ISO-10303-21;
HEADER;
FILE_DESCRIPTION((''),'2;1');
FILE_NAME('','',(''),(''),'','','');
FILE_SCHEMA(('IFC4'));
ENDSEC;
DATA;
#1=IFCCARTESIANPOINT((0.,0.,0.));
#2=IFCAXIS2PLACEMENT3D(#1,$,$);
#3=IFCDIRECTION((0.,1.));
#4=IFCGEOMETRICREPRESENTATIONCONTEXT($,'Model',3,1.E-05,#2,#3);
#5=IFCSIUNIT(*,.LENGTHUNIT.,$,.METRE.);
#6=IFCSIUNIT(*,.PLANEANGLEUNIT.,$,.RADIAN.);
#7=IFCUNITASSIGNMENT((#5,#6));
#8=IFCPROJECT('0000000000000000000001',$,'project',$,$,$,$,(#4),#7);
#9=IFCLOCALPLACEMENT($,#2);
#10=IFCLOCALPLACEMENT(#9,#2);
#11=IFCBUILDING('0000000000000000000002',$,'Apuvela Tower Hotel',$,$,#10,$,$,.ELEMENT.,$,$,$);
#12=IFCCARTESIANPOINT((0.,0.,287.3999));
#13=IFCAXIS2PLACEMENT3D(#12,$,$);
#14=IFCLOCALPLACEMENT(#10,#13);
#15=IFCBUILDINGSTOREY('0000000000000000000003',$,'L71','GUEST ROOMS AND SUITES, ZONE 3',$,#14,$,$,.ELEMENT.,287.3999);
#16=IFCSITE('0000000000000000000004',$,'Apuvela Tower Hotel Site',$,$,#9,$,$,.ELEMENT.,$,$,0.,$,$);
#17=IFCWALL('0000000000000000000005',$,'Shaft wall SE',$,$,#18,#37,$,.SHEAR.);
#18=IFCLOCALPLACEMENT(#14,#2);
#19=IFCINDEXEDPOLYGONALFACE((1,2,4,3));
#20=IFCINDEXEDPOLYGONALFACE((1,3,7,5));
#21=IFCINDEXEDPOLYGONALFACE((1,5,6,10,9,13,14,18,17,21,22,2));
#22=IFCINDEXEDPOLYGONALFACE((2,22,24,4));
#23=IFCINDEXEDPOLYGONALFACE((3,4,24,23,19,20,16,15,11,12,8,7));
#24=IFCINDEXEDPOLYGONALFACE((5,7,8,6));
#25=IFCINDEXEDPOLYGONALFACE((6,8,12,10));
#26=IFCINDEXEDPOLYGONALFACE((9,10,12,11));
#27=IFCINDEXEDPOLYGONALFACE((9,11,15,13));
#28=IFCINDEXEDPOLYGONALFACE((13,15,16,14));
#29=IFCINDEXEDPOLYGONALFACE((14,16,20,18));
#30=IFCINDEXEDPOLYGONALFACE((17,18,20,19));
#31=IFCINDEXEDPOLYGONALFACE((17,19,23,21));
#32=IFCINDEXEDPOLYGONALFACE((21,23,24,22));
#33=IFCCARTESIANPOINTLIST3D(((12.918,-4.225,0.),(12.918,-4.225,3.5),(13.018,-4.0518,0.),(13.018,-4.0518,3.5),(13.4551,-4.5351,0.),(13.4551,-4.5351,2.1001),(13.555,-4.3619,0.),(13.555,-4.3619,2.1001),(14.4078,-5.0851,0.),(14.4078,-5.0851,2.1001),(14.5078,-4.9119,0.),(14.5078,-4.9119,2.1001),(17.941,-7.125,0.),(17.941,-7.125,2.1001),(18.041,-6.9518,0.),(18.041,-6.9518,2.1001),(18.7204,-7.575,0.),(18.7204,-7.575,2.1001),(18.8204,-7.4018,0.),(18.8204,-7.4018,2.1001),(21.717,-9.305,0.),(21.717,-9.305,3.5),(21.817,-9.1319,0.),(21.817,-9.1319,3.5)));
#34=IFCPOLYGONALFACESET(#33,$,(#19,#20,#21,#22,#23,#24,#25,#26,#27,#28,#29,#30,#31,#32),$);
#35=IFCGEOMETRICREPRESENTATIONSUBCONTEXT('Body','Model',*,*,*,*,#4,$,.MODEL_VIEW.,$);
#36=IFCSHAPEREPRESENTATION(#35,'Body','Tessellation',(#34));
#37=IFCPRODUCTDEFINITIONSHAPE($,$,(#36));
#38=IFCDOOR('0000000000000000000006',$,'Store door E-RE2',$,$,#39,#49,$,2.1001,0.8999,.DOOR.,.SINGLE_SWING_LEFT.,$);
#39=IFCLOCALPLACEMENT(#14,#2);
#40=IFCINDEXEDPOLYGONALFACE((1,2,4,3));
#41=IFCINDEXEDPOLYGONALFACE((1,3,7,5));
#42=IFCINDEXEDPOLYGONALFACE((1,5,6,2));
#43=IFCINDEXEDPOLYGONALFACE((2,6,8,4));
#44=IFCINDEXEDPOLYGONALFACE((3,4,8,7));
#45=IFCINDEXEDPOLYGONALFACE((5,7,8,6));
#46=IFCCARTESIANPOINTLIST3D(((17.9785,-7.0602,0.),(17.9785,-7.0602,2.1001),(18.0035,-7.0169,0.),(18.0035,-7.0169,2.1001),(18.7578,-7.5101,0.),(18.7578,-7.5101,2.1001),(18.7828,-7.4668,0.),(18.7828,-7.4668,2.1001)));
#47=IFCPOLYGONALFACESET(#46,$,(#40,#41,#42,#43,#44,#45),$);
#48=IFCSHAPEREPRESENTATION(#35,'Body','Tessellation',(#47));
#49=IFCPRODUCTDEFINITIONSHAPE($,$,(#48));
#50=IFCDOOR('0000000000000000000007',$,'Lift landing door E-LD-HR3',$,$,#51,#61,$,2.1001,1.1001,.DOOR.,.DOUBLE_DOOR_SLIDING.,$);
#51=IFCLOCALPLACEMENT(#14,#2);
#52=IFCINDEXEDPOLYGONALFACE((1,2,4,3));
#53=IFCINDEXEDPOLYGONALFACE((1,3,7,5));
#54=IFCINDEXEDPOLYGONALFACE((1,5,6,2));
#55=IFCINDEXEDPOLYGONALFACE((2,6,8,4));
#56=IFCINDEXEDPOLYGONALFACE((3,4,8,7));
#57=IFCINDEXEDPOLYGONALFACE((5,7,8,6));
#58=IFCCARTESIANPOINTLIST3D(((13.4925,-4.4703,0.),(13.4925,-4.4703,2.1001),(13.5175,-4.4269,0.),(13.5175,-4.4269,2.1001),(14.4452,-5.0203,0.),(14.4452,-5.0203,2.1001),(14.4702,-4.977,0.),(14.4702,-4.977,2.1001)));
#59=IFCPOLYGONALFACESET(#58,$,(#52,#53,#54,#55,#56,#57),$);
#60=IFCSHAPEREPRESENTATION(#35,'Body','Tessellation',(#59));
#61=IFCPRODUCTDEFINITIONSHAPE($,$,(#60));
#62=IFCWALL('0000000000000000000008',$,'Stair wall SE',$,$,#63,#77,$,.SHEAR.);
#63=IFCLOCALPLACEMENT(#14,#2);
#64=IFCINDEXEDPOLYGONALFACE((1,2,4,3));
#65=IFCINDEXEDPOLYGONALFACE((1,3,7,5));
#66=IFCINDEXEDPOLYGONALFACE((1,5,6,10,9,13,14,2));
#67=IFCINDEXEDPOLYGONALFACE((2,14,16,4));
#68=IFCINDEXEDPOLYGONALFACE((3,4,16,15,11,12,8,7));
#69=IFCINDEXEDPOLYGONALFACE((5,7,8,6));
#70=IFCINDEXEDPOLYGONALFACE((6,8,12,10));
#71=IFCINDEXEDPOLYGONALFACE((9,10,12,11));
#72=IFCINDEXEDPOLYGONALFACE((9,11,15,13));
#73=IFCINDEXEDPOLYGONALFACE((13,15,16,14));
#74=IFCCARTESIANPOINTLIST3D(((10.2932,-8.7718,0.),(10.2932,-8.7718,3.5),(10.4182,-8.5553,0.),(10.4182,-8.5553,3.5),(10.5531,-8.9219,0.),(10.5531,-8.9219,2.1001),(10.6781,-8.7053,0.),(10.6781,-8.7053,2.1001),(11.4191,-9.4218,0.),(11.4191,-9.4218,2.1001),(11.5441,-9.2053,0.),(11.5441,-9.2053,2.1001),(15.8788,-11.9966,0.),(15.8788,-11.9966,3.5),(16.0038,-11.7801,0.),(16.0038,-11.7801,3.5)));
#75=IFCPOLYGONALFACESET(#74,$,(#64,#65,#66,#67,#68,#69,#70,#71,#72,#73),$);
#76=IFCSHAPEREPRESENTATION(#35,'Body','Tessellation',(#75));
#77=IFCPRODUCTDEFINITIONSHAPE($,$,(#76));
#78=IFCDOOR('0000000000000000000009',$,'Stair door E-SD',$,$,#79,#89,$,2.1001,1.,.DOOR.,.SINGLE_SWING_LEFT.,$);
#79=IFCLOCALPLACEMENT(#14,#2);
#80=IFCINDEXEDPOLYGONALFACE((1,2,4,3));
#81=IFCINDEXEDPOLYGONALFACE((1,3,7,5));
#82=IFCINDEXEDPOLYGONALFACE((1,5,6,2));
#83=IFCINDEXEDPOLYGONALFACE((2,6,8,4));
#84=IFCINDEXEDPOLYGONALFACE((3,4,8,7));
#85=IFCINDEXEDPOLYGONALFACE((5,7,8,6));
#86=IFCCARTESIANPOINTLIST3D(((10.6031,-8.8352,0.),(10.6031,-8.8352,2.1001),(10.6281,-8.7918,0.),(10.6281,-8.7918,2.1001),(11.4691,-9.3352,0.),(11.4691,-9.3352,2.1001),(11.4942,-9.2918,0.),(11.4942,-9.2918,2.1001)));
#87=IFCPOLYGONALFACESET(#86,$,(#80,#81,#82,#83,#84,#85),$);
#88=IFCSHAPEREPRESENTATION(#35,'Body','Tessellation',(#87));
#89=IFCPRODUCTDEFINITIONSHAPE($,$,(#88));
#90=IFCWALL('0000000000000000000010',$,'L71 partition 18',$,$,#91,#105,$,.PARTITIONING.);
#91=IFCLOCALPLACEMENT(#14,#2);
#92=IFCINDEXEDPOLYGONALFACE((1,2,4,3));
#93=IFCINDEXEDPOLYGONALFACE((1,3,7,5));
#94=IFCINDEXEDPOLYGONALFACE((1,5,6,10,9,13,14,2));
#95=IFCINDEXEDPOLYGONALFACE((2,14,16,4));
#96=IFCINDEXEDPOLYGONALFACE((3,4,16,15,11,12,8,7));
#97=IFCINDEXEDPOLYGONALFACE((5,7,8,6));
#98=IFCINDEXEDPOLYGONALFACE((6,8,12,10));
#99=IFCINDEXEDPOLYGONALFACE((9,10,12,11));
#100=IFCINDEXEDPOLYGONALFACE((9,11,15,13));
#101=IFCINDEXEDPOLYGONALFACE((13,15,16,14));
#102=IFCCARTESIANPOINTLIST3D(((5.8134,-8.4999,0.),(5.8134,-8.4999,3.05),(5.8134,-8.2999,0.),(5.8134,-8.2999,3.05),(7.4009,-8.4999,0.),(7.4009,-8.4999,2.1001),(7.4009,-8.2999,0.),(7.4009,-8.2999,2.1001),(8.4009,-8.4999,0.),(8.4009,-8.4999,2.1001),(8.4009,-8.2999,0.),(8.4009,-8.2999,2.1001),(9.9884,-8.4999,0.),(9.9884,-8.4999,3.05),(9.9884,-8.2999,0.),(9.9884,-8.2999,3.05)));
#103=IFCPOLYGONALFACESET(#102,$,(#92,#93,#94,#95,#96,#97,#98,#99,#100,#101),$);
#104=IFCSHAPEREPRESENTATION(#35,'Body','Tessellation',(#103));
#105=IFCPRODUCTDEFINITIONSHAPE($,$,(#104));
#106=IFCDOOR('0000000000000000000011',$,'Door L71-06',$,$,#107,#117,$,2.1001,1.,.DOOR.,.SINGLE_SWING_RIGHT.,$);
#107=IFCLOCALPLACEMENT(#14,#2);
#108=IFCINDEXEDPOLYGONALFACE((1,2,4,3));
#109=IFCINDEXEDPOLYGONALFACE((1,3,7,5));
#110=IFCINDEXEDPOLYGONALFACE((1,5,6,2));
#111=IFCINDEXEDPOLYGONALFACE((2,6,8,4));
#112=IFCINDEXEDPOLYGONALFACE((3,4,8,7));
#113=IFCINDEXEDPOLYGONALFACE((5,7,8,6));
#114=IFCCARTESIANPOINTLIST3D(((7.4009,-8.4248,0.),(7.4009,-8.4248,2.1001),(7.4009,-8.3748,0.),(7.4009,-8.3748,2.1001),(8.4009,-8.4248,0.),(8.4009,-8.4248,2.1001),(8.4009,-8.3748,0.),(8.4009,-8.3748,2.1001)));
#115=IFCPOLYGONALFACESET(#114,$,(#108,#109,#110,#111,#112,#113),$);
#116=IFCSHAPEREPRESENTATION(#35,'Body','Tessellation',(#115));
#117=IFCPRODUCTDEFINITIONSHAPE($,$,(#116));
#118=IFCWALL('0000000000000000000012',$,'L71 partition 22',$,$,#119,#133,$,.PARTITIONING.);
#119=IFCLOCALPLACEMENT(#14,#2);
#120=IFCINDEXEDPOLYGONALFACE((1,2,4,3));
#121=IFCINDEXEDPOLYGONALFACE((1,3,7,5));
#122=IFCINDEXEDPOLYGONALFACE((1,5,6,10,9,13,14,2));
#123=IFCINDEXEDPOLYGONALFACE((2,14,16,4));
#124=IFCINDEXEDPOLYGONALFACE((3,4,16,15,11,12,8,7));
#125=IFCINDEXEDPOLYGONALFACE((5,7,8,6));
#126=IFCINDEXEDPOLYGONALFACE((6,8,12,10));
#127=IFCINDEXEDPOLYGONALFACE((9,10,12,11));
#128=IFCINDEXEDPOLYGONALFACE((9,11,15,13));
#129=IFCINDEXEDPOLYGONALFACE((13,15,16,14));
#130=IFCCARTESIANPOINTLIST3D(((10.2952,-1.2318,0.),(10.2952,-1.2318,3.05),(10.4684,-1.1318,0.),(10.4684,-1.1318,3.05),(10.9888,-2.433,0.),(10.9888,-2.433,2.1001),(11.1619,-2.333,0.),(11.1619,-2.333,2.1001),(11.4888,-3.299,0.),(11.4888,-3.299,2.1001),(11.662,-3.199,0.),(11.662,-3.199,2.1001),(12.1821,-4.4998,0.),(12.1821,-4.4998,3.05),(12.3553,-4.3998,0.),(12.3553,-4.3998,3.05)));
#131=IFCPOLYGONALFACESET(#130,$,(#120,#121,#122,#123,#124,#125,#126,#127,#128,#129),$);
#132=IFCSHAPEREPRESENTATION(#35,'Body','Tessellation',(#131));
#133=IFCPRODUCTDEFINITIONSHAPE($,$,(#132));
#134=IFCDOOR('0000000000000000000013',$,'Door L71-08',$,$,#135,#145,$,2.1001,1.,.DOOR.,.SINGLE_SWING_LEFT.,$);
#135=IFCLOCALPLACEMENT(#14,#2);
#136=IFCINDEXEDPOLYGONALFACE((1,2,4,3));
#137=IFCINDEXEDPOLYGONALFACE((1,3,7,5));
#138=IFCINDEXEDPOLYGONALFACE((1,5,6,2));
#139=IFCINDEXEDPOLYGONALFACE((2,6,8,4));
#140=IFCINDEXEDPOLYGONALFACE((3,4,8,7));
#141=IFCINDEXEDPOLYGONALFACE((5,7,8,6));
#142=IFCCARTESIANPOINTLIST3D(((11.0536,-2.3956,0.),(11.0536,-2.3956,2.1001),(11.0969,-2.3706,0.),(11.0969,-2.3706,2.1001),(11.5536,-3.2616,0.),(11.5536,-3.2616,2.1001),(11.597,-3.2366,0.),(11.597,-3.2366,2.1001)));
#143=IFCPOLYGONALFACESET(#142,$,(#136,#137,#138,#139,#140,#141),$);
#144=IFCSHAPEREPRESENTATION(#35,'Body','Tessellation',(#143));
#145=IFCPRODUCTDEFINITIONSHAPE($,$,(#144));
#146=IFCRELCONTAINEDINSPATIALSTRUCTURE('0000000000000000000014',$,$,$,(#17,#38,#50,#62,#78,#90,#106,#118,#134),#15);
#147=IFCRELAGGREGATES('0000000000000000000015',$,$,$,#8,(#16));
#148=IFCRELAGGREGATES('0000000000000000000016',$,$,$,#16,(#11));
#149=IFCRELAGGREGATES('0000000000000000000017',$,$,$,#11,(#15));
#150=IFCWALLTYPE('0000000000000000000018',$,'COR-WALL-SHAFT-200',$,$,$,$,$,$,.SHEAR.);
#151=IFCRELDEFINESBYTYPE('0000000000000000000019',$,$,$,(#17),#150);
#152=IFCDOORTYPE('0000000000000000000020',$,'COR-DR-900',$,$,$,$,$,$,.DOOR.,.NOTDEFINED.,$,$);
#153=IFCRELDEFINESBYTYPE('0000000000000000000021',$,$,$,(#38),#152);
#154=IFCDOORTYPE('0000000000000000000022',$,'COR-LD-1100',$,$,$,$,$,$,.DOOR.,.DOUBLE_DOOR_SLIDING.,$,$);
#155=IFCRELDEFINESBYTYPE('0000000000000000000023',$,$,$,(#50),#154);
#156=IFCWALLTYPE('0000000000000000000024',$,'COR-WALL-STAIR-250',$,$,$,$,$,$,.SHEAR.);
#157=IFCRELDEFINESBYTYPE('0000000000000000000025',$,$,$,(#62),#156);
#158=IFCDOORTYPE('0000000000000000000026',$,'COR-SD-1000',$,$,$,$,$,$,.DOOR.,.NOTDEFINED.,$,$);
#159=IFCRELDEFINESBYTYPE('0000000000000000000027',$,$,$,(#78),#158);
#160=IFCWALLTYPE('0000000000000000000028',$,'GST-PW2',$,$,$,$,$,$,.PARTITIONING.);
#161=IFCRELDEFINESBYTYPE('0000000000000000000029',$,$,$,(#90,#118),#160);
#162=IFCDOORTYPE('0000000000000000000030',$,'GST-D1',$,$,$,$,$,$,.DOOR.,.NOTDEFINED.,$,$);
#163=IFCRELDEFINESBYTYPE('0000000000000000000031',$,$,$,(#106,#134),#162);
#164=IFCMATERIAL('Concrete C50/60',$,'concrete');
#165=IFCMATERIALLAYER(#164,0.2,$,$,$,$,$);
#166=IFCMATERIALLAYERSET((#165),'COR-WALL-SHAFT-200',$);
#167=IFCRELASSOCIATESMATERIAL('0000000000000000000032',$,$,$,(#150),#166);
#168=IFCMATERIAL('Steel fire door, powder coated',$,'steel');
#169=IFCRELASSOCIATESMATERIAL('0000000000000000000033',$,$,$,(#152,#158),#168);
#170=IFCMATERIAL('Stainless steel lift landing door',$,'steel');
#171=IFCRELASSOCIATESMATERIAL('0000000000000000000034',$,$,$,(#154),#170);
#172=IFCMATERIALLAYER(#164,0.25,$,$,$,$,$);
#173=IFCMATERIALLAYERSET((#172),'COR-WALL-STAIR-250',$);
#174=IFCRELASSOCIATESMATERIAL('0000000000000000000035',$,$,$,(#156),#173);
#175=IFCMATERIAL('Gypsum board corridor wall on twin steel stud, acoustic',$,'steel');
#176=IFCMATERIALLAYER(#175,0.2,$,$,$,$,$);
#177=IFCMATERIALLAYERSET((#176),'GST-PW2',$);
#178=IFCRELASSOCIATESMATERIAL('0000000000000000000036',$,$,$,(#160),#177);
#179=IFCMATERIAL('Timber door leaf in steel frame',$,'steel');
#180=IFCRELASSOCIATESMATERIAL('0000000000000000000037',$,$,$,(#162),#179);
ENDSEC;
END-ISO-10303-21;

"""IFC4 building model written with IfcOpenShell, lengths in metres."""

from ifc_helpers import new_model, si_unit, direction, frame, frame_2d, origin, place, context, subcontext, project, spatial, rectangle, extrude, material, layer, layer_set, type_object, element, fill, save


model = new_model("IFC4")

# Units and contexts
model_context = context("Model", 3, precision=1e-05, world=origin(), true_north=direction((0.0, 1.0)))
body_context = subcontext(model_context, "Body", "Model", "MODEL_VIEW")
ifc_project = project(units=[si_unit("LENGTHUNIT", "METRE"), si_unit("PLANEANGLEUNIT", "RADIAN")], contexts=[model_context])

# Site, building, storey
site_placement = place(None, origin())
site = spatial("IfcSite", under=ifc_project, at=site_placement, Name="Apuvela Tower Hotel Site", CompositionType="ELEMENT", RefElevation=0.0)
building_placement = place(site_placement, origin())
building = spatial("IfcBuilding", under=site, at=building_placement, Name="Apuvela Tower Hotel", CompositionType="ELEMENT")
storey_placement = place(building_placement, frame((0.0, 0.0, 287.3999)))
storey = spatial("IfcBuildingStorey", under=building, at=storey_placement, Name="L71", Description="GUEST ROOMS AND SUITES, ZONE 3", CompositionType="ELEMENT", Elevation=287.3999)

# Shared definitions
ifc_material_1 = material(Name="Concrete C50/60", Category="concrete")
ifc_material_2 = material(Name="Steel fire door, powder coated", Category="steel")

# Shared definitions
ifc_layer_1 = layer(ifc_material_1, 0.2)
ifc_layer_set_1 = layer_set([ifc_layer_1], Name="COR-WALL-SHAFT-200")
wall_type_1 = type_object("IfcWallType", Name="COR-WALL-SHAFT-200", PredefinedType="SHEAR", material=ifc_layer_set_1)
ifc_material_3 = material(Name="Stainless steel lift landing door", Category="steel")

# Wall, openings, doors
wall_1_placement = place(storey_placement, frame((12.968, -4.1384, 0.0), z_axis=(0.0, 0.0, 1.0), x_axis=(0.866028, -0.499995, 0.0)))
wall_1 = element("IfcWall", 1, at=wall_1_placement, inside=storey, type_object=wall_type_1, Name="Shaft wall SE", PredefinedType="SHEAR", context=body_context, shape_type="SweptSolid", body=[
    extrude(rectangle(XDim=10.1602, YDim=0.2, at=frame_2d((5.0801, 0.0))), origin(), (0.0, 0.0, 1.0), 3.5),
])
opening_1_placement = place(wall_1_placement, frame((0.6201, 0.0, 0.0)))
opening_1 = element("IfcOpeningElement", 2, at=opening_1_placement, cuts=wall_1, PredefinedType="OPENING", context=body_context, shape_type="SweptSolid", body=[
    extrude(rectangle(XDim=1.1001, YDim=2.1001, at=frame_2d((0.55, 1.05))), frame((0.0, 0.1099, 0.0), z_axis=(0.0, -1.0, 0.0), x_axis=(1.0, 0.0, 0.0)), (0.0, 0.0, 1.0), 0.22),
])
opening_2_placement = place(wall_1_placement, frame((5.8, 0.0, 0.0)))
opening_2 = element("IfcOpeningElement", 3, at=opening_2_placement, cuts=wall_1, PredefinedType="OPENING", context=body_context, shape_type="SweptSolid", body=[
    extrude(rectangle(XDim=0.8999, YDim=2.1001, at=frame_2d((0.45, 1.05))), frame((0.0, 0.1099, 0.0), z_axis=(0.0, -1.0, 0.0), x_axis=(1.0, 0.0, 0.0)), (0.0, 0.0, 1.0), 0.22),
])
door_type_1 = type_object("IfcDoorType", Name="COR-DR-900", OperationType="NOTDEFINED", PredefinedType="DOOR", material=ifc_material_2)
door_1_placement = place(opening_2_placement, origin())
door_1 = element("IfcDoor", 4, at=door_1_placement, inside=storey, type_object=door_type_1, Name="Store door E-RE2", OperationType="SINGLE_SWING_LEFT", OverallHeight=2.1001, OverallWidth=0.8999, PredefinedType="DOOR", context=body_context, shape_type="SweptSolid", body=[
    extrude(rectangle(XDim=0.8999, YDim=2.1001, at=frame_2d((0.45, 1.05))), frame((0.0, 0.0249, 0.0), z_axis=(0.0, -1.0, 0.0), x_axis=(1.0, 0.0, 0.0)), (0.0, 0.0, 1.0), 0.05),
])
fill(opening_2, door_1)
door_type_2 = type_object("IfcDoorType", Name="COR-LD-1100", OperationType="DOUBLE_DOOR_SLIDING", PredefinedType="DOOR", material=ifc_material_3)
door_2_placement = place(opening_1_placement, origin())
door_2 = element("IfcDoor", 5, at=door_2_placement, inside=storey, type_object=door_type_2, Name="Lift landing door E-LD-HR3", OperationType="DOUBLE_DOOR_SLIDING", OverallHeight=2.1001, OverallWidth=1.1001, PredefinedType="DOOR", context=body_context, shape_type="SweptSolid", body=[
    extrude(rectangle(XDim=1.1001, YDim=2.1001, at=frame_2d((0.55, 1.05))), frame((0.0, 0.0249, 0.0), z_axis=(0.0, -1.0, 0.0), x_axis=(1.0, 0.0, 0.0)), (0.0, 0.0, 1.0), 0.05),
])
fill(opening_1, door_2)

# Walls, openings, doors
ifc_layer_2 = layer(ifc_material_1, 0.25)
ifc_layer_set_2 = layer_set([ifc_layer_2], Name="COR-WALL-STAIR-250")
wall_type_2 = type_object("IfcWallType", Name="COR-WALL-STAIR-250", PredefinedType="SHEAR", material=ifc_layer_set_2)
wall_2_placement = place(storey_placement, frame((10.3557, -8.6636, 0.0), z_axis=(0.0, 0.0, 1.0), x_axis=(0.866029, -0.499994, 0.0)))
wall_2 = element("IfcWall", 6, at=wall_2_placement, inside=storey, type_object=wall_type_2, Name="Stair wall SE", PredefinedType="SHEAR", context=body_context, shape_type="SweptSolid", body=[
    extrude(rectangle(XDim=6.4497, YDim=0.25, at=frame_2d((3.2249, 0.0))), origin(), (0.0, 0.0, 1.0), 3.5),
])
opening_3_placement = place(wall_2_placement, frame((0.3, 0.0, 0.0)))
opening_3 = element("IfcOpeningElement", 7, at=opening_3_placement, cuts=wall_2, PredefinedType="OPENING", context=body_context, shape_type="SweptSolid", body=[
    extrude(rectangle(XDim=1.0, YDim=2.1001, at=frame_2d((0.5, 1.05))), frame((0.0, 0.135, 0.0), z_axis=(0.0, -1.0, 0.0), x_axis=(1.0, 0.0, 0.0)), (0.0, 0.0, 1.0), 0.27),
])
door_type_3 = type_object("IfcDoorType", Name="COR-SD-1000", OperationType="NOTDEFINED", PredefinedType="DOOR", material=ifc_material_2)
door_3_placement = place(opening_3_placement, frame((1.0, 0.0, 0.0), z_axis=(0.0, 0.0, 1.0), x_axis=(-1.0, 0.0, 0.0)))
door_3 = element("IfcDoor", 8, at=door_3_placement, inside=storey, type_object=door_type_3, Name="Stair door E-SD", OperationType="SINGLE_SWING_LEFT", OverallHeight=2.1001, OverallWidth=1.0, PredefinedType="DOOR", context=body_context, shape_type="SweptSolid", body=[
    extrude(rectangle(XDim=1.0, YDim=2.1001, at=frame_2d((0.5, 1.05))), frame((0.0, 0.0249, 0.0), z_axis=(0.0, -1.0, 0.0), x_axis=(1.0, 0.0, 0.0)), (0.0, 0.0, 1.0), 0.05),
])
fill(opening_3, door_3)
ifc_material_4 = material(Name="Gypsum board corridor wall on twin steel stud, acoustic", Category="steel")
ifc_layer_3 = layer(ifc_material_4, 0.2)
ifc_layer_set_3 = layer_set([ifc_layer_3], Name="GST-PW2")
wall_type_3 = type_object("IfcWallType", Name="GST-PW2", PredefinedType="PARTITIONING", material=ifc_layer_set_3)
wall_3_placement = place(storey_placement, frame((9.9883, -8.3999, 0.0), z_axis=(0.0, 0.0, 1.0), x_axis=(-1.0, 0.0, 0.0)))
wall_3 = element("IfcWall", 9, at=wall_3_placement, inside=storey, type_object=wall_type_3, Name="L71 partition 18", PredefinedType="PARTITIONING", context=body_context, shape_type="SweptSolid", body=[
    extrude(rectangle(XDim=4.175, YDim=0.2, at=frame_2d((2.0874, 0.0))), origin(), (0.0, 0.0, 1.0), 3.05),
])
opening_4_placement = place(wall_3_placement, frame((1.5874, 0.0, 0.0)))
opening_4 = element("IfcOpeningElement", 10, at=opening_4_placement, cuts=wall_3, PredefinedType="OPENING", context=body_context, shape_type="SweptSolid", body=[
    extrude(rectangle(XDim=1.0, YDim=2.1001, at=frame_2d((0.5, 1.05))), frame((0.0, 0.1099, 0.0), z_axis=(0.0, -1.0, 0.0), x_axis=(1.0, 0.0, 0.0)), (0.0, 0.0, 1.0), 0.22),
])
ifc_material_5 = material(Name="Timber door leaf in steel frame", Category="steel")
door_type_4 = type_object("IfcDoorType", Name="GST-D1", OperationType="NOTDEFINED", PredefinedType="DOOR", material=ifc_material_5)
door_4_placement = place(opening_4_placement, origin())
door_4 = element("IfcDoor", 11, at=door_4_placement, inside=storey, type_object=door_type_4, Name="Door L71-06", OperationType="SINGLE_SWING_RIGHT", OverallHeight=2.1001, OverallWidth=1.0, PredefinedType="DOOR", context=body_context, shape_type="SweptSolid", body=[
    extrude(rectangle(XDim=1.0, YDim=2.1001, at=frame_2d((0.5, 1.05))), frame((0.0, 0.0249, 0.0), z_axis=(0.0, -1.0, 0.0), x_axis=(1.0, 0.0, 0.0)), (0.0, 0.0, 1.0), 0.05),
])
fill(opening_4, door_4)
wall_4_placement = place(storey_placement, frame((10.3818, -1.1819, 0.0), z_axis=(0.0, 0.0, 1.0), x_axis=(0.500029, -0.866009, 0.0)))
wall_4 = element("IfcWall", 12, at=wall_4_placement, inside=storey, type_object=wall_type_3, Name="L71 partition 22", PredefinedType="PARTITIONING", context=body_context, shape_type="SweptSolid", body=[
    extrude(rectangle(XDim=3.7737, YDim=0.2, at=frame_2d((1.8867, 0.0))), origin(), (0.0, 0.0, 1.0), 3.05),
])
opening_5_placement = place(wall_4_placement, frame((1.387, 0.0, 0.0)))
opening_5 = element("IfcOpeningElement", 13, at=opening_5_placement, cuts=wall_4, PredefinedType="OPENING", context=body_context, shape_type="SweptSolid", body=[
    extrude(rectangle(XDim=1.0, YDim=2.1001, at=frame_2d((0.5, 1.05))), frame((0.0, 0.1099, 0.0), z_axis=(0.0, -1.0, 0.0), x_axis=(1.0, 0.0, 0.0)), (0.0, 0.0, 1.0), 0.22),
])
door_5_placement = place(opening_5_placement, origin())
door_5 = element("IfcDoor", 14, at=door_5_placement, inside=storey, type_object=door_type_4, Name="Door L71-08", OperationType="SINGLE_SWING_LEFT", OverallHeight=2.1001, OverallWidth=1.0, PredefinedType="DOOR", context=body_context, shape_type="SweptSolid", body=[
    extrude(rectangle(XDim=1.0, YDim=2.1001, at=frame_2d((0.5, 1.05))), frame((0.0, 0.0249, 0.0), z_axis=(0.0, -1.0, 0.0), x_axis=(1.0, 0.0, 0.0)), (0.0, 0.0, 1.0), 0.05),
])
fill(opening_5, door_5)

save(model, "model.ifc")
